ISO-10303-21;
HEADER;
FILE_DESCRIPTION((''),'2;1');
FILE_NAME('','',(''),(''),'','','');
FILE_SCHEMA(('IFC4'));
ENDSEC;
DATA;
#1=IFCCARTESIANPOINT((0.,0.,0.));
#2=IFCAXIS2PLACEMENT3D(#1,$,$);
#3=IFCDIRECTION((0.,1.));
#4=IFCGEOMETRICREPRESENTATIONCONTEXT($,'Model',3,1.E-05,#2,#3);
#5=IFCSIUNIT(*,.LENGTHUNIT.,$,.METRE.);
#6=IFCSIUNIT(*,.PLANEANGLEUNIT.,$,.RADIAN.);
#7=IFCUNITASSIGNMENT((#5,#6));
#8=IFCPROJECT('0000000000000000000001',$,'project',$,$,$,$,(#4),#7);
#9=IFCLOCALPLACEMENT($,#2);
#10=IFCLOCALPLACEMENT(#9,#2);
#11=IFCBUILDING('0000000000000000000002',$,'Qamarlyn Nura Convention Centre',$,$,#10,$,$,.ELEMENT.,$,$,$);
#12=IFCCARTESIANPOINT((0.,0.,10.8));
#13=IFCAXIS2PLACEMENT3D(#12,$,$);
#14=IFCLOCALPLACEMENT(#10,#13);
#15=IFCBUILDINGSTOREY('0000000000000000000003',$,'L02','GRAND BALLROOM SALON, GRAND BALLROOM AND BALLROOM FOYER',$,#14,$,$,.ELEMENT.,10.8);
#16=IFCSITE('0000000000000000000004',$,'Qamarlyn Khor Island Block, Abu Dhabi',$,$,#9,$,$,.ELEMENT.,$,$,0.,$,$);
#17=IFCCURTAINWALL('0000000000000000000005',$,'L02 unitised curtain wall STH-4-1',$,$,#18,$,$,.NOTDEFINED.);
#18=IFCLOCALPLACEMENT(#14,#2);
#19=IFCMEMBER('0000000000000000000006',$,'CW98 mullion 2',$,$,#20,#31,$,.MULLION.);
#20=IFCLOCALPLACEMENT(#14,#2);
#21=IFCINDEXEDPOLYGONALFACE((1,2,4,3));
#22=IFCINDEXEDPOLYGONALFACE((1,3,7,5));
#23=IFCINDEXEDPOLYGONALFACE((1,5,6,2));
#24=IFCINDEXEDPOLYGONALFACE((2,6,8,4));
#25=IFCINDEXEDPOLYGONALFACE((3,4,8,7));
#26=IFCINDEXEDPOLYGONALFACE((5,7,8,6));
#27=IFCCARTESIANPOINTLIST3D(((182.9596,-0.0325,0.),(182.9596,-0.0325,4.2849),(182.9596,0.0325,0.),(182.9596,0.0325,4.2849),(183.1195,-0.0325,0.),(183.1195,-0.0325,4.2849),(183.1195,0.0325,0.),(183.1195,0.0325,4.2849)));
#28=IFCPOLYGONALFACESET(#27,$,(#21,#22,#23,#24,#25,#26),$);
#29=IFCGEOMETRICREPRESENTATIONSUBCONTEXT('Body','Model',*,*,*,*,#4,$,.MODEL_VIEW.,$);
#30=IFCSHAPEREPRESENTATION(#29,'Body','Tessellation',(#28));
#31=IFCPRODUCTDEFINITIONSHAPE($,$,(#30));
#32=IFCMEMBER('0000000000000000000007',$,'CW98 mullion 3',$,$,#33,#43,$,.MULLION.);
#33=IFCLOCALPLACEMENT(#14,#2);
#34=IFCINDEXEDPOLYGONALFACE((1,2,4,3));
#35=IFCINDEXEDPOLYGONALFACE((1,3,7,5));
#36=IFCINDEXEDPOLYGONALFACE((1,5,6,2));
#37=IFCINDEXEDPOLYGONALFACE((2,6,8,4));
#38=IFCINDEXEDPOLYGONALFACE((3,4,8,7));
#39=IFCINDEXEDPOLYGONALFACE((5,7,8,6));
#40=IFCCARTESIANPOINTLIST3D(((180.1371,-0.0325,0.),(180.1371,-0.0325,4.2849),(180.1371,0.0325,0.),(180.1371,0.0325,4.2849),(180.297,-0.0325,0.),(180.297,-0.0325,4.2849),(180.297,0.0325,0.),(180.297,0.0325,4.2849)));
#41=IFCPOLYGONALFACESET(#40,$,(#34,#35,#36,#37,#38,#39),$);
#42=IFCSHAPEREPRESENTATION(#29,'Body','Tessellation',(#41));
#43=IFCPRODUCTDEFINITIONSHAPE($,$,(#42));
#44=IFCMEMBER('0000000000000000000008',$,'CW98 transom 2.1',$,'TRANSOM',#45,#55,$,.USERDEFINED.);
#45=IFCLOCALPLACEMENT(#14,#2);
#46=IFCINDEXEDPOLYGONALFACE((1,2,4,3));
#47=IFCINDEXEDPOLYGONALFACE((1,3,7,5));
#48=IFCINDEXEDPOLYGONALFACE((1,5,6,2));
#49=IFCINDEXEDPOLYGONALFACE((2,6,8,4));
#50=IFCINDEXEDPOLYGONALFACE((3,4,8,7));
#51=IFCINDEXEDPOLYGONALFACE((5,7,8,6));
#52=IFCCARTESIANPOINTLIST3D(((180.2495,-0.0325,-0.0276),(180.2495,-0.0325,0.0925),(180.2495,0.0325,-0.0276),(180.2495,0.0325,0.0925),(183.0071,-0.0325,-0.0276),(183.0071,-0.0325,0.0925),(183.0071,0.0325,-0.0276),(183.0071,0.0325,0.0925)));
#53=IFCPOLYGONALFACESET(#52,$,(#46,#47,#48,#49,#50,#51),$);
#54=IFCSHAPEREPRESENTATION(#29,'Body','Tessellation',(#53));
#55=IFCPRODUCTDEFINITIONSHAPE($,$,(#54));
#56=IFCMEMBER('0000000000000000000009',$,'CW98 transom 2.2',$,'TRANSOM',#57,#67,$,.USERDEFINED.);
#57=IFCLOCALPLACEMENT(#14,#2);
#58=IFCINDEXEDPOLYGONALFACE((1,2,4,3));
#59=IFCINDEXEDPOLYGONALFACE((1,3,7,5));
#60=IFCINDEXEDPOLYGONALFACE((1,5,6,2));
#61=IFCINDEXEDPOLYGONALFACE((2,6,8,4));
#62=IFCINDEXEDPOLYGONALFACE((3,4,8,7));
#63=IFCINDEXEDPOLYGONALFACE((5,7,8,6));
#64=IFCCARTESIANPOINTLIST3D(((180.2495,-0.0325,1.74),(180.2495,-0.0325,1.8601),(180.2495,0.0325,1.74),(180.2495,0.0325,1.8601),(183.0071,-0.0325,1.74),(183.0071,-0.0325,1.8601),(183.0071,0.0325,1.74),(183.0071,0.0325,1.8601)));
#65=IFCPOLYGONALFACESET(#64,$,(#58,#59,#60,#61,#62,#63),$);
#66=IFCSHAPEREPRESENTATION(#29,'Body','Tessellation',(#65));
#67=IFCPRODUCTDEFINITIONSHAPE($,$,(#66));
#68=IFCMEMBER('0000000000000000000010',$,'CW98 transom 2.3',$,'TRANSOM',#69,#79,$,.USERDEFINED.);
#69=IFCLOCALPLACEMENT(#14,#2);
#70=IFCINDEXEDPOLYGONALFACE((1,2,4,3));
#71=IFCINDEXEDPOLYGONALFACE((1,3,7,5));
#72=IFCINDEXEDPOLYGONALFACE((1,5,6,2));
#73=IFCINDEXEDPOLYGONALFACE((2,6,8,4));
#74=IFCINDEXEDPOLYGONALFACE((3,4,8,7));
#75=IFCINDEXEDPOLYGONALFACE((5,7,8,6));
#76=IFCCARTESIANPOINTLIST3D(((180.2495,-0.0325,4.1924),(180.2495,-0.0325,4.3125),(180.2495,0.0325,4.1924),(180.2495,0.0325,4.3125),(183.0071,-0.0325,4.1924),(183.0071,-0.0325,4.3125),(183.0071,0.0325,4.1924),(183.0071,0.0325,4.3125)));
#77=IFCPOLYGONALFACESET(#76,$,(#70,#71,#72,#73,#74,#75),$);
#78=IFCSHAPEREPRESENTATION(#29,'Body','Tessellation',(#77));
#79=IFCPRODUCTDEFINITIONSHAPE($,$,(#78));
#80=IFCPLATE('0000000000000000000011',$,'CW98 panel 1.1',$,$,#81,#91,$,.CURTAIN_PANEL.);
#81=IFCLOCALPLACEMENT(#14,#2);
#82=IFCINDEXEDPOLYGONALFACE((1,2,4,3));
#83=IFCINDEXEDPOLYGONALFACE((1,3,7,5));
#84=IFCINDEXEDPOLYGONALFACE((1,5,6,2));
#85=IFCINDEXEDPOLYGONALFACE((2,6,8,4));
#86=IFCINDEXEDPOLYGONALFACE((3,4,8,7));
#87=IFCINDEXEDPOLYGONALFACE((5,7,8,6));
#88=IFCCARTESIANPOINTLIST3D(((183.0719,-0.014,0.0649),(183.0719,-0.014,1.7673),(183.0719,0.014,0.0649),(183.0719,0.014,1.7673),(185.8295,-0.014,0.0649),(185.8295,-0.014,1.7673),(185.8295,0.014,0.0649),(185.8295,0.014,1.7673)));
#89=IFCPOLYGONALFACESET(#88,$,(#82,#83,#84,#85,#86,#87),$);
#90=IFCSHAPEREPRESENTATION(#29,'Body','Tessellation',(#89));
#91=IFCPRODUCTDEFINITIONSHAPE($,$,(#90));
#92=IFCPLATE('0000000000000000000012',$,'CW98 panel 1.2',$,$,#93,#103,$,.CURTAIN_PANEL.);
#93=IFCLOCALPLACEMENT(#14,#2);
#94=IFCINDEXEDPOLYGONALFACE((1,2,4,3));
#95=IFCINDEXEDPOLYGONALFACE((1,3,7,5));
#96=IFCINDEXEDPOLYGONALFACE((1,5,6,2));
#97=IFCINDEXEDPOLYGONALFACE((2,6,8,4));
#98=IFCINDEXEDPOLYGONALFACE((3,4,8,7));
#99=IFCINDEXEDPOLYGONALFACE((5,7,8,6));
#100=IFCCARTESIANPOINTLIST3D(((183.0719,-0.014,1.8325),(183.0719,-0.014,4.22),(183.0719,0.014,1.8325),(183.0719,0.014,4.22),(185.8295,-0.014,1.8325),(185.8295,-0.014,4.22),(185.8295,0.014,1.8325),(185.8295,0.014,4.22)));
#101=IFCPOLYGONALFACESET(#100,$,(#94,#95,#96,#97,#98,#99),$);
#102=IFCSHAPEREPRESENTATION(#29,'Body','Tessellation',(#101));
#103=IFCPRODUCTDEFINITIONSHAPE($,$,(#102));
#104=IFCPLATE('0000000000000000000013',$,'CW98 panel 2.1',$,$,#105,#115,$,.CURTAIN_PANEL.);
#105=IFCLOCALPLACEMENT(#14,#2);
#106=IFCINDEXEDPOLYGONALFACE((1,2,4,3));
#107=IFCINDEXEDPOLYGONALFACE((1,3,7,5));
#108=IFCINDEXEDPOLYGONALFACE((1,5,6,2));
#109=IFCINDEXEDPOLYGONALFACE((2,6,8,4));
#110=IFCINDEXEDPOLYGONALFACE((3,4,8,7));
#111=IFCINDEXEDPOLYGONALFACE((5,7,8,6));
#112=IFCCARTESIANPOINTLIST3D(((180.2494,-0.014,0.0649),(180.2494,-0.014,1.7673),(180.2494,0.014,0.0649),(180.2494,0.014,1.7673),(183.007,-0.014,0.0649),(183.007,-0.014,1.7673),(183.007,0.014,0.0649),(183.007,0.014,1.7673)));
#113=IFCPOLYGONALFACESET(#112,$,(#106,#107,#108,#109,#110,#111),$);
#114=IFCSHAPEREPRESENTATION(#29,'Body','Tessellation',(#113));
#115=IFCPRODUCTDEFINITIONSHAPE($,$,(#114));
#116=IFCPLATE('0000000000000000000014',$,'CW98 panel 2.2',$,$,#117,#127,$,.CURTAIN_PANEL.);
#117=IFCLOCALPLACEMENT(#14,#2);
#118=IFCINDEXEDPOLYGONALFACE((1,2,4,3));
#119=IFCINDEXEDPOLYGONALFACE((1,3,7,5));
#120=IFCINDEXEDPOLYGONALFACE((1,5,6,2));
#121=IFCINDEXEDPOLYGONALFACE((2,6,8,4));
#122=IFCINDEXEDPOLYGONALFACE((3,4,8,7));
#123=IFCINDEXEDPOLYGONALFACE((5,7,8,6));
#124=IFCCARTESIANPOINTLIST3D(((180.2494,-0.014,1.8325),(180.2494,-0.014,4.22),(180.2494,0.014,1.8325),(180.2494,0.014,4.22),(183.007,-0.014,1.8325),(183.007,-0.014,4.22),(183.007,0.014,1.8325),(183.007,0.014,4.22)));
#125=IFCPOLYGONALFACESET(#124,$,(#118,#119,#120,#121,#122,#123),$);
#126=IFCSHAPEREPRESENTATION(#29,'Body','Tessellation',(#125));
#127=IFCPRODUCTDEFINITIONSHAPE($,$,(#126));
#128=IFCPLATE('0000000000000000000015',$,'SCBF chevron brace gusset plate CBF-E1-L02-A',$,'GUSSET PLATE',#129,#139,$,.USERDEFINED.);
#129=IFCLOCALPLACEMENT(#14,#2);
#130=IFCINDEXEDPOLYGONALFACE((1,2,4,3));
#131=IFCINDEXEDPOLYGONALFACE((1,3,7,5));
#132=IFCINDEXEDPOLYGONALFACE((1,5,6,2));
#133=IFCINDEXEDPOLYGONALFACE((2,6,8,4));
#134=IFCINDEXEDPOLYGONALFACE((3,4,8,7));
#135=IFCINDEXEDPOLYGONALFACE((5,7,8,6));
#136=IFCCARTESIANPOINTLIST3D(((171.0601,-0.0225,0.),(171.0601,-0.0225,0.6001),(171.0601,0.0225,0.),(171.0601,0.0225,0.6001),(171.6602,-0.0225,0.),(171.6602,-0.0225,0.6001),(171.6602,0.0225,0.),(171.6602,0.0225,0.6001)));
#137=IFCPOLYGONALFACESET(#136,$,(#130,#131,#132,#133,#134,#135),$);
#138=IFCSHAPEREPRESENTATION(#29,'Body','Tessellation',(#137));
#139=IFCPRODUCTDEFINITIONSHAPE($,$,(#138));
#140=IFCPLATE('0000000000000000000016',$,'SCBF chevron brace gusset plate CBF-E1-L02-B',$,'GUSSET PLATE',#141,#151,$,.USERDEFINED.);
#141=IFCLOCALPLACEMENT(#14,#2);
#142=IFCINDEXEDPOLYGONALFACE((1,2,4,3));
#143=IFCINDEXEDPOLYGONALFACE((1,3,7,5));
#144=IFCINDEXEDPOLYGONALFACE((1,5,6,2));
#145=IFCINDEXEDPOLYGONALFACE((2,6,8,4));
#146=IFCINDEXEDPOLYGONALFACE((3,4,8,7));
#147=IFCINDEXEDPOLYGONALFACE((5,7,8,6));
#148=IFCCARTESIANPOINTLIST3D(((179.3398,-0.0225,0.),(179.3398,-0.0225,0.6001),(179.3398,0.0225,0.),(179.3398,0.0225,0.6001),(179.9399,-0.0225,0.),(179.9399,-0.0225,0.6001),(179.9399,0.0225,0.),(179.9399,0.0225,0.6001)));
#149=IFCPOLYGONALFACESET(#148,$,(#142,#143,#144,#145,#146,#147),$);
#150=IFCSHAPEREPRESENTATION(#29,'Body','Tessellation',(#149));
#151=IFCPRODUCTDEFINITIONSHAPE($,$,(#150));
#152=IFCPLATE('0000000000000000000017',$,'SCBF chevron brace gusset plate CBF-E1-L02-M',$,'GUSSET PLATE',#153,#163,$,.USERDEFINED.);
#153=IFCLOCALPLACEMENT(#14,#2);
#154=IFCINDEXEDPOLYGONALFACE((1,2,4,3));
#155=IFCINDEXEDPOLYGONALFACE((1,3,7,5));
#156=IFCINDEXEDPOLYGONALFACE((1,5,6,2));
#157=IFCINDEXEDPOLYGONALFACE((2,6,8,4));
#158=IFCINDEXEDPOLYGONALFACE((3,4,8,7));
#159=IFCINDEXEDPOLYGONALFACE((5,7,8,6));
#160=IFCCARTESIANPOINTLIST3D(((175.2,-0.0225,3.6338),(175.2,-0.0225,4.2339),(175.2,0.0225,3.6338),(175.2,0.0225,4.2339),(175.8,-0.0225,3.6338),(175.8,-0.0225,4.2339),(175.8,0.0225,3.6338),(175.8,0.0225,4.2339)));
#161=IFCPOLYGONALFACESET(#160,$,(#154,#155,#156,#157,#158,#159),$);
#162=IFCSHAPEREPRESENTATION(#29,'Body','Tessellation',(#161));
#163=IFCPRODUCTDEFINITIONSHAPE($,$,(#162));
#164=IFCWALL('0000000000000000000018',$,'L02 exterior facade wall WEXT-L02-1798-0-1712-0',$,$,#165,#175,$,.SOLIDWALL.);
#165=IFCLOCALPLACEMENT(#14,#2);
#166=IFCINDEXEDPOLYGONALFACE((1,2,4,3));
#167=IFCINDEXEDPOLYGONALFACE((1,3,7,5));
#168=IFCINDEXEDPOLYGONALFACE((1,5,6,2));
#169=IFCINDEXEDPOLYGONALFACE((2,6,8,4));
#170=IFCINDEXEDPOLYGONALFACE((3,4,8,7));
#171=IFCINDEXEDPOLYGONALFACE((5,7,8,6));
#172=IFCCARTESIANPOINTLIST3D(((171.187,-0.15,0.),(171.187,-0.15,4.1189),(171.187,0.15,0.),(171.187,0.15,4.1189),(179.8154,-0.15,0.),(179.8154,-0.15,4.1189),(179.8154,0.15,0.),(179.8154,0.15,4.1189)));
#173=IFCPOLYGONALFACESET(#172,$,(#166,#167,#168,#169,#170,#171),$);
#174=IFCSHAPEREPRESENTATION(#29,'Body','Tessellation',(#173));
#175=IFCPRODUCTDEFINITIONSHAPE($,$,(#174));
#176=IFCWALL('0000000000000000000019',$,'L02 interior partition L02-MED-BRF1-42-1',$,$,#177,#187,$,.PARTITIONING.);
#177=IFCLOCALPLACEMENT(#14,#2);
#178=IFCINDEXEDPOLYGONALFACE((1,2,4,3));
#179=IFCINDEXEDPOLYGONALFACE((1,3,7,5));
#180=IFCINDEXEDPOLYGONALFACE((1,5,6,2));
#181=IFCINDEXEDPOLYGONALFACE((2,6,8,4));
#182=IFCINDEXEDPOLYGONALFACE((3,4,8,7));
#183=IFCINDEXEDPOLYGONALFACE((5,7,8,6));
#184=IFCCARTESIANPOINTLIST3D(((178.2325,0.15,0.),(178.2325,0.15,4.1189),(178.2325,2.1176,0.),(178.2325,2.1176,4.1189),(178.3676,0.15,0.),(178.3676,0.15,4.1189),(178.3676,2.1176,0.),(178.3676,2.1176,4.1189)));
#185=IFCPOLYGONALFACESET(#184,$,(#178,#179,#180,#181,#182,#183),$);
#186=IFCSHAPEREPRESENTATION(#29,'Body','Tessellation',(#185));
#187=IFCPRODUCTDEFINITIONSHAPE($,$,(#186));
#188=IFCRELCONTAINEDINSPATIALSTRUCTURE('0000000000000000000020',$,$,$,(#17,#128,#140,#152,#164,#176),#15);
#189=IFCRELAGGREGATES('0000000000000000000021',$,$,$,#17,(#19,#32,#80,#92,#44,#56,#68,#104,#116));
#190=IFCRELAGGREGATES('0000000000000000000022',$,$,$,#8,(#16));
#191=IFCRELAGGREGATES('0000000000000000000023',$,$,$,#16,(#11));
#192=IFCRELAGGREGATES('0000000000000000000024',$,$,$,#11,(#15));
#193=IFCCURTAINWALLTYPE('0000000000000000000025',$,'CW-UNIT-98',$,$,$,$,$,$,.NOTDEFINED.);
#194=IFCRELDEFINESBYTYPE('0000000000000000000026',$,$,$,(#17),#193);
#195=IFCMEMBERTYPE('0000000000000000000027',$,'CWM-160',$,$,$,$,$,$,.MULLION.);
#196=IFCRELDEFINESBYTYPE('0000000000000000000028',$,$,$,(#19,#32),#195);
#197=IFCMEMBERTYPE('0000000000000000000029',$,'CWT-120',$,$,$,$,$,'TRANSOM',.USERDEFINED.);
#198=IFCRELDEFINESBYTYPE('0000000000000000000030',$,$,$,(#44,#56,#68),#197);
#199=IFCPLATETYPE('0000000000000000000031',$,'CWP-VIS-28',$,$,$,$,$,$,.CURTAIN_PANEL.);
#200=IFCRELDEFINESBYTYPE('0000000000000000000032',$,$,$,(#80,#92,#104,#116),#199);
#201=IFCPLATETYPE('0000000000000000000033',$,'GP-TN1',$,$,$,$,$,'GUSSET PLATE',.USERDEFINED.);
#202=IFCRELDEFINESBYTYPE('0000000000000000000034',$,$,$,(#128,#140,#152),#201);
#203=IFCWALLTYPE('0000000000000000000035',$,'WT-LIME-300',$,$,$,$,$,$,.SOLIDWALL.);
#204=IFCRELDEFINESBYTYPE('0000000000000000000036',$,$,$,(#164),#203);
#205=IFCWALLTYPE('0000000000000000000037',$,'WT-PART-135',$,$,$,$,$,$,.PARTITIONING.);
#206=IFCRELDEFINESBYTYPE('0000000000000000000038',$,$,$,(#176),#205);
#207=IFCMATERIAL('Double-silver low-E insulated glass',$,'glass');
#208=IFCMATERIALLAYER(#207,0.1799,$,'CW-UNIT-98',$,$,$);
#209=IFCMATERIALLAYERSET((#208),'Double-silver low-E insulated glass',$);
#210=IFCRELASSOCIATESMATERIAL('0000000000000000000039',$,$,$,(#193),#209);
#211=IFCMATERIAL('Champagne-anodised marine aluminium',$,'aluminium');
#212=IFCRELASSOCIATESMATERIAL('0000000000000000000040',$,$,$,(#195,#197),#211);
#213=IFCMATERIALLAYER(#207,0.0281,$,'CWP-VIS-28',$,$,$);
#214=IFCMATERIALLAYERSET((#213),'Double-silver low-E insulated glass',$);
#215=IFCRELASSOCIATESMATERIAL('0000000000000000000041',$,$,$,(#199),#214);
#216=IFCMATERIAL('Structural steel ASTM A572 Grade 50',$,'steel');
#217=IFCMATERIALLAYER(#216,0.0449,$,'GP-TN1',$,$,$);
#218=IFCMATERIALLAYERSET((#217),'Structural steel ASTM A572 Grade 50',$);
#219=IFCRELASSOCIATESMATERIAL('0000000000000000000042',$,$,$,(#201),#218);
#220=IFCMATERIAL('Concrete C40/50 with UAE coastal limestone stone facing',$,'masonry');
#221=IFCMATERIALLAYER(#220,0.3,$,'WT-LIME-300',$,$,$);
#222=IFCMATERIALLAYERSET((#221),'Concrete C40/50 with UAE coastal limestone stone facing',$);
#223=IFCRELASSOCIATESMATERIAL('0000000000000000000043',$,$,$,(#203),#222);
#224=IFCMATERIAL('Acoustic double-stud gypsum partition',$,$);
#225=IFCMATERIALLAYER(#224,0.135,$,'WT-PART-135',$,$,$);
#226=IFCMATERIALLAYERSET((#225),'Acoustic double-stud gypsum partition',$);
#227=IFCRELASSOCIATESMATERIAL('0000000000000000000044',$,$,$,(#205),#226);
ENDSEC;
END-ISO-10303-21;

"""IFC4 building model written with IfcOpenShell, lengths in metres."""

from ifc_helpers import new_model, si_unit, direction, frame, frame_2d, origin, origin_2d, place, context, subcontext, project, spatial, rectangle, extrude, material, layer, layer_set, material_profile, profile_set, type_object, element, aggregate, save


model = new_model("IFC4")

# Units and contexts
model_context = context("Model", 3, precision=1e-05, world=origin(), true_north=direction((0.0, 1.0)))
body_context = subcontext(model_context, "Body", "Model", "MODEL_VIEW")
ifc_project = project(units=[si_unit("LENGTHUNIT", "METRE"), si_unit("PLANEANGLEUNIT", "RADIAN")], contexts=[model_context])

# Site, building, storey
site_placement = place(None, origin())
site = spatial("IfcSite", under=ifc_project, at=site_placement, Name="Qamarlyn Khor Island Block, Abu Dhabi", CompositionType="ELEMENT", RefElevation=0.0)
building_placement = place(site_placement, origin())
building = spatial("IfcBuilding", under=site, at=building_placement, Name="Qamarlyn Nura Convention Centre", CompositionType="ELEMENT")
storey_placement = place(building_placement, frame((0.0, 0.0, 10.8)))
storey = spatial("IfcBuildingStorey", under=building, at=storey_placement, Name="L02", Description="GRAND BALLROOM SALON, GRAND BALLROOM AND BALLROOM FOYER", CompositionType="ELEMENT", Elevation=10.8)

# Curtain wall, members, plates
ifc_material_1 = material(Name="Double-silver low-E insulated glass", Category="glass")
ifc_layer_1 = layer(ifc_material_1, 0.1799, Name="CW-UNIT-98")
ifc_layer_set_1 = layer_set([ifc_layer_1], Name="Double-silver low-E insulated glass")
curtain_wall_type = type_object("IfcCurtainWallType", Name="CW-UNIT-98", PredefinedType="NOTDEFINED", material=ifc_layer_set_1)
curtain_wall_placement = place(storey_placement, origin())
curtain_wall = element("IfcCurtainWall", 1, at=curtain_wall_placement, inside=storey, type_object=curtain_wall_type, Name="L02 unitised curtain wall STH-4-1", PredefinedType="NOTDEFINED")
ifc_material_2 = material(Name="Champagne-anodised marine aluminium", Category="aluminium")
ifc_material_profile_1 = material_profile(ifc_material_2, rectangle(XDim=0.0649, YDim=0.1599, at=origin_2d()), Name="ALU MULLION 65x160")
ifc_profile_set_1 = profile_set([ifc_material_profile_1], Name="Champagne-anodised marine aluminium")
member_type_1 = type_object("IfcMemberType", Name="CWM-160", PredefinedType="MULLION", material=ifc_profile_set_1)
member_1_placement = place(storey_placement, frame((183.0396, 0.0, 0.0), z_axis=(0.0, 0.0, 1.0), x_axis=(0.0, -1.0, 0.0)))
member_1 = element("IfcMember", 2, at=member_1_placement, type_object=member_type_1, Name="CW98 mullion 2", PredefinedType="MULLION", context=body_context, shape_type="SweptSolid", body=[
    extrude(rectangle(XDim=0.0649, YDim=0.1599, at=origin_2d()), origin(), (0.0, 0.0, 1.0), 4.2849),
])
member_2_placement = place(storey_placement, frame((180.217, 0.0, 0.0), z_axis=(0.0, 0.0, 1.0), x_axis=(0.0, -1.0, 0.0)))
member_2 = element("IfcMember", 3, at=member_2_placement, type_object=member_type_1, Name="CW98 mullion 3", PredefinedType="MULLION", context=body_context, shape_type="SweptSolid", body=[
    extrude(rectangle(XDim=0.0649, YDim=0.1599, at=origin_2d()), origin(), (0.0, 0.0, 1.0), 4.2849),
])
ifc_material_profile_2 = material_profile(ifc_material_2, rectangle(XDim=0.0649, YDim=0.1201, at=origin_2d()), Name="ALU TRANSOM 65x120")
ifc_profile_set_2 = profile_set([ifc_material_profile_2], Name="Champagne-anodised marine aluminium")
member_type_2 = type_object("IfcMemberType", Name="CWT-120", ElementType="TRANSOM", PredefinedType="USERDEFINED", material=ifc_profile_set_2)
member_3_placement = place(storey_placement, frame((183.0071, 0.0, 0.0325), z_axis=(-1.0, 0.0, 0.0), x_axis=(0.0, -1.0, 0.0)))
member_3 = element("IfcMember", 4, at=member_3_placement, type_object=member_type_2, Name="CW98 transom 2.1", ObjectType="TRANSOM", PredefinedType="USERDEFINED", context=body_context, shape_type="SweptSolid", body=[
    extrude(rectangle(XDim=0.0649, YDim=0.1201, at=origin_2d()), origin(), (0.0, 0.0, 1.0), 2.7576),
])
member_4_placement = place(storey_placement, frame((183.0071, 0.0, 1.8), z_axis=(-1.0, 0.0, 0.0), x_axis=(0.0, -1.0, 0.0)))
member_4 = element("IfcMember", 5, at=member_4_placement, type_object=member_type_2, Name="CW98 transom 2.2", ObjectType="TRANSOM", PredefinedType="USERDEFINED", context=body_context, shape_type="SweptSolid", body=[
    extrude(rectangle(XDim=0.0649, YDim=0.1201, at=origin_2d()), origin(), (0.0, 0.0, 1.0), 2.7576),
])
member_5_placement = place(storey_placement, frame((183.0071, 0.0, 4.2524), z_axis=(-1.0, 0.0, 0.0), x_axis=(0.0, -1.0, 0.0)))
member_5 = element("IfcMember", 6, at=member_5_placement, type_object=member_type_2, Name="CW98 transom 2.3", ObjectType="TRANSOM", PredefinedType="USERDEFINED", context=body_context, shape_type="SweptSolid", body=[
    extrude(rectangle(XDim=0.0649, YDim=0.1201, at=origin_2d()), origin(), (0.0, 0.0, 1.0), 2.7576),
])
ifc_layer_2 = layer(ifc_material_1, 0.0281, Name="CWP-VIS-28")
ifc_layer_set_2 = layer_set([ifc_layer_2], Name="Double-silver low-E insulated glass")
plate_type_1 = type_object("IfcPlateType", Name="CWP-VIS-28", PredefinedType="CURTAIN_PANEL", material=ifc_layer_set_2)
plate_1_placement = place(storey_placement, frame((184.4507, 0.0, 0.0649), z_axis=(0.0, 0.0, 1.0), x_axis=(-1.0, 0.0, 0.0)))
plate_1 = element("IfcPlate", 7, at=plate_1_placement, type_object=plate_type_1, Name="CW98 panel 1.1", PredefinedType="CURTAIN_PANEL", context=body_context, shape_type="SweptSolid", body=[
    extrude(rectangle(XDim=2.7576, YDim=0.0281, at=origin_2d()), origin(), (0.0, 0.0, 1.0), 1.7024),
])
plate_2_placement = place(storey_placement, frame((184.4507, 0.0, 1.8325), z_axis=(0.0, 0.0, 1.0), x_axis=(-1.0, 0.0, 0.0)))
plate_2 = element("IfcPlate", 8, at=plate_2_placement, type_object=plate_type_1, Name="CW98 panel 1.2", PredefinedType="CURTAIN_PANEL", context=body_context, shape_type="SweptSolid", body=[
    extrude(rectangle(XDim=2.7576, YDim=0.0281, at=origin_2d()), origin(), (0.0, 0.0, 1.0), 2.3875),
])
plate_3_placement = place(storey_placement, frame((181.6282, 0.0, 0.0649), z_axis=(0.0, 0.0, 1.0), x_axis=(-1.0, 0.0, 0.0)))
plate_3 = element("IfcPlate", 9, at=plate_3_placement, type_object=plate_type_1, Name="CW98 panel 2.1", PredefinedType="CURTAIN_PANEL", context=body_context, shape_type="SweptSolid", body=[
    extrude(rectangle(XDim=2.7576, YDim=0.0281, at=origin_2d()), origin(), (0.0, 0.0, 1.0), 1.7024),
])
plate_4_placement = place(storey_placement, frame((181.6282, 0.0, 1.8325), z_axis=(0.0, 0.0, 1.0), x_axis=(-1.0, 0.0, 0.0)))
plate_4 = element("IfcPlate", 10, at=plate_4_placement, type_object=plate_type_1, Name="CW98 panel 2.2", PredefinedType="CURTAIN_PANEL", context=body_context, shape_type="SweptSolid", body=[
    extrude(rectangle(XDim=2.7576, YDim=0.0281, at=origin_2d()), origin(), (0.0, 0.0, 1.0), 2.3875),
])
aggregate(curtain_wall, [member_1, member_2, plate_1, plate_2, member_3, member_4, member_5, plate_3, plate_4])

# Plates
ifc_material_3 = material(Name="Structural steel ASTM A572 Grade 50", Category="steel")
ifc_layer_3 = layer(ifc_material_3, 0.0449, Name="GP-TN1")
ifc_layer_set_3 = layer_set([ifc_layer_3], Name="Structural steel ASTM A572 Grade 50")
plate_type_2 = type_object("IfcPlateType", Name="GP-TN1", ElementType="GUSSET PLATE", PredefinedType="USERDEFINED", material=ifc_layer_set_3)
for number, where, z_axis, x_axis, name in (
    (11, (171.3601, 0.0, 0.0), (0.0, 0.0, 1.0), (1.0, 0.0, 0.0), "SCBF chevron brace gusset plate CBF-E1-L02-A"),
    (12, (179.6399, 0.0, 0.0), (0.0, 0.0, 1.0), (1.0, 0.0, 0.0), "SCBF chevron brace gusset plate CBF-E1-L02-B"),
    (13, (175.5, 0.0, 3.6338), (0.0, 0.0, 1.0), (1.0, 0.0, 0.0), "SCBF chevron brace gusset plate CBF-E1-L02-M"),
):
    element("IfcPlate", number, at=place(storey_placement, frame(where, z_axis=z_axis, x_axis=x_axis)), inside=storey, type_object=plate_type_2, Name=name, ObjectType="GUSSET PLATE", PredefinedType="USERDEFINED", context=body_context, shape_type="SweptSolid", body=[
        extrude(rectangle(XDim=0.6001, YDim=0.0449, at=origin_2d()), origin(), (0.0, 0.0, 1.0), 0.6001),
    ])

# Walls
ifc_material_4 = material(Name="Concrete C40/50 with UAE coastal limestone stone facing", Category="masonry")
ifc_layer_4 = layer(ifc_material_4, 0.3, Name="WT-LIME-300")
ifc_layer_set_4 = layer_set([ifc_layer_4], Name="Concrete C40/50 with UAE coastal limestone stone facing")
wall_type_1 = type_object("IfcWallType", Name="WT-LIME-300", PredefinedType="SOLIDWALL", material=ifc_layer_set_4)
wall_1_placement = place(storey_placement, frame((179.8154, 0.0, 0.0), z_axis=(0.0, 0.0, 1.0), x_axis=(-1.0, 0.0, 0.0)))
element("IfcWall", 14, at=wall_1_placement, inside=storey, type_object=wall_type_1, Name="L02 exterior facade wall WEXT-L02-1798-0-1712-0", PredefinedType="SOLIDWALL", context=body_context, shape_type="SweptSolid", body=[
    extrude(rectangle(XDim=8.6284, YDim=0.3, at=frame_2d((4.3142, 0.0))), origin(), (0.0, 0.0, 1.0), 4.1189),
])
ifc_material_5 = material(Name="Acoustic double-stud gypsum partition")
ifc_layer_5 = layer(ifc_material_5, 0.135, Name="WT-PART-135")
ifc_layer_set_5 = layer_set([ifc_layer_5], Name="Acoustic double-stud gypsum partition")
wall_type_2 = type_object("IfcWallType", Name="WT-PART-135", PredefinedType="PARTITIONING", material=ifc_layer_set_5)
wall_2_placement = place(storey_placement, frame((178.3, 0.1499, 0.0), z_axis=(0.0, 0.0, 1.0), x_axis=(0.0, 1.0, 0.0)))
element("IfcWall", 15, at=wall_2_placement, inside=storey, type_object=wall_type_2, Name="L02 interior partition L02-MED-BRF1-42-1", PredefinedType="PARTITIONING", context=body_context, shape_type="SweptSolid", body=[
    extrude(rectangle(XDim=1.9675, YDim=0.135, at=frame_2d((0.9839, 0.0))), origin(), (0.0, 0.0, 1.0), 4.1189),
])

save(model, "model.ifc")
